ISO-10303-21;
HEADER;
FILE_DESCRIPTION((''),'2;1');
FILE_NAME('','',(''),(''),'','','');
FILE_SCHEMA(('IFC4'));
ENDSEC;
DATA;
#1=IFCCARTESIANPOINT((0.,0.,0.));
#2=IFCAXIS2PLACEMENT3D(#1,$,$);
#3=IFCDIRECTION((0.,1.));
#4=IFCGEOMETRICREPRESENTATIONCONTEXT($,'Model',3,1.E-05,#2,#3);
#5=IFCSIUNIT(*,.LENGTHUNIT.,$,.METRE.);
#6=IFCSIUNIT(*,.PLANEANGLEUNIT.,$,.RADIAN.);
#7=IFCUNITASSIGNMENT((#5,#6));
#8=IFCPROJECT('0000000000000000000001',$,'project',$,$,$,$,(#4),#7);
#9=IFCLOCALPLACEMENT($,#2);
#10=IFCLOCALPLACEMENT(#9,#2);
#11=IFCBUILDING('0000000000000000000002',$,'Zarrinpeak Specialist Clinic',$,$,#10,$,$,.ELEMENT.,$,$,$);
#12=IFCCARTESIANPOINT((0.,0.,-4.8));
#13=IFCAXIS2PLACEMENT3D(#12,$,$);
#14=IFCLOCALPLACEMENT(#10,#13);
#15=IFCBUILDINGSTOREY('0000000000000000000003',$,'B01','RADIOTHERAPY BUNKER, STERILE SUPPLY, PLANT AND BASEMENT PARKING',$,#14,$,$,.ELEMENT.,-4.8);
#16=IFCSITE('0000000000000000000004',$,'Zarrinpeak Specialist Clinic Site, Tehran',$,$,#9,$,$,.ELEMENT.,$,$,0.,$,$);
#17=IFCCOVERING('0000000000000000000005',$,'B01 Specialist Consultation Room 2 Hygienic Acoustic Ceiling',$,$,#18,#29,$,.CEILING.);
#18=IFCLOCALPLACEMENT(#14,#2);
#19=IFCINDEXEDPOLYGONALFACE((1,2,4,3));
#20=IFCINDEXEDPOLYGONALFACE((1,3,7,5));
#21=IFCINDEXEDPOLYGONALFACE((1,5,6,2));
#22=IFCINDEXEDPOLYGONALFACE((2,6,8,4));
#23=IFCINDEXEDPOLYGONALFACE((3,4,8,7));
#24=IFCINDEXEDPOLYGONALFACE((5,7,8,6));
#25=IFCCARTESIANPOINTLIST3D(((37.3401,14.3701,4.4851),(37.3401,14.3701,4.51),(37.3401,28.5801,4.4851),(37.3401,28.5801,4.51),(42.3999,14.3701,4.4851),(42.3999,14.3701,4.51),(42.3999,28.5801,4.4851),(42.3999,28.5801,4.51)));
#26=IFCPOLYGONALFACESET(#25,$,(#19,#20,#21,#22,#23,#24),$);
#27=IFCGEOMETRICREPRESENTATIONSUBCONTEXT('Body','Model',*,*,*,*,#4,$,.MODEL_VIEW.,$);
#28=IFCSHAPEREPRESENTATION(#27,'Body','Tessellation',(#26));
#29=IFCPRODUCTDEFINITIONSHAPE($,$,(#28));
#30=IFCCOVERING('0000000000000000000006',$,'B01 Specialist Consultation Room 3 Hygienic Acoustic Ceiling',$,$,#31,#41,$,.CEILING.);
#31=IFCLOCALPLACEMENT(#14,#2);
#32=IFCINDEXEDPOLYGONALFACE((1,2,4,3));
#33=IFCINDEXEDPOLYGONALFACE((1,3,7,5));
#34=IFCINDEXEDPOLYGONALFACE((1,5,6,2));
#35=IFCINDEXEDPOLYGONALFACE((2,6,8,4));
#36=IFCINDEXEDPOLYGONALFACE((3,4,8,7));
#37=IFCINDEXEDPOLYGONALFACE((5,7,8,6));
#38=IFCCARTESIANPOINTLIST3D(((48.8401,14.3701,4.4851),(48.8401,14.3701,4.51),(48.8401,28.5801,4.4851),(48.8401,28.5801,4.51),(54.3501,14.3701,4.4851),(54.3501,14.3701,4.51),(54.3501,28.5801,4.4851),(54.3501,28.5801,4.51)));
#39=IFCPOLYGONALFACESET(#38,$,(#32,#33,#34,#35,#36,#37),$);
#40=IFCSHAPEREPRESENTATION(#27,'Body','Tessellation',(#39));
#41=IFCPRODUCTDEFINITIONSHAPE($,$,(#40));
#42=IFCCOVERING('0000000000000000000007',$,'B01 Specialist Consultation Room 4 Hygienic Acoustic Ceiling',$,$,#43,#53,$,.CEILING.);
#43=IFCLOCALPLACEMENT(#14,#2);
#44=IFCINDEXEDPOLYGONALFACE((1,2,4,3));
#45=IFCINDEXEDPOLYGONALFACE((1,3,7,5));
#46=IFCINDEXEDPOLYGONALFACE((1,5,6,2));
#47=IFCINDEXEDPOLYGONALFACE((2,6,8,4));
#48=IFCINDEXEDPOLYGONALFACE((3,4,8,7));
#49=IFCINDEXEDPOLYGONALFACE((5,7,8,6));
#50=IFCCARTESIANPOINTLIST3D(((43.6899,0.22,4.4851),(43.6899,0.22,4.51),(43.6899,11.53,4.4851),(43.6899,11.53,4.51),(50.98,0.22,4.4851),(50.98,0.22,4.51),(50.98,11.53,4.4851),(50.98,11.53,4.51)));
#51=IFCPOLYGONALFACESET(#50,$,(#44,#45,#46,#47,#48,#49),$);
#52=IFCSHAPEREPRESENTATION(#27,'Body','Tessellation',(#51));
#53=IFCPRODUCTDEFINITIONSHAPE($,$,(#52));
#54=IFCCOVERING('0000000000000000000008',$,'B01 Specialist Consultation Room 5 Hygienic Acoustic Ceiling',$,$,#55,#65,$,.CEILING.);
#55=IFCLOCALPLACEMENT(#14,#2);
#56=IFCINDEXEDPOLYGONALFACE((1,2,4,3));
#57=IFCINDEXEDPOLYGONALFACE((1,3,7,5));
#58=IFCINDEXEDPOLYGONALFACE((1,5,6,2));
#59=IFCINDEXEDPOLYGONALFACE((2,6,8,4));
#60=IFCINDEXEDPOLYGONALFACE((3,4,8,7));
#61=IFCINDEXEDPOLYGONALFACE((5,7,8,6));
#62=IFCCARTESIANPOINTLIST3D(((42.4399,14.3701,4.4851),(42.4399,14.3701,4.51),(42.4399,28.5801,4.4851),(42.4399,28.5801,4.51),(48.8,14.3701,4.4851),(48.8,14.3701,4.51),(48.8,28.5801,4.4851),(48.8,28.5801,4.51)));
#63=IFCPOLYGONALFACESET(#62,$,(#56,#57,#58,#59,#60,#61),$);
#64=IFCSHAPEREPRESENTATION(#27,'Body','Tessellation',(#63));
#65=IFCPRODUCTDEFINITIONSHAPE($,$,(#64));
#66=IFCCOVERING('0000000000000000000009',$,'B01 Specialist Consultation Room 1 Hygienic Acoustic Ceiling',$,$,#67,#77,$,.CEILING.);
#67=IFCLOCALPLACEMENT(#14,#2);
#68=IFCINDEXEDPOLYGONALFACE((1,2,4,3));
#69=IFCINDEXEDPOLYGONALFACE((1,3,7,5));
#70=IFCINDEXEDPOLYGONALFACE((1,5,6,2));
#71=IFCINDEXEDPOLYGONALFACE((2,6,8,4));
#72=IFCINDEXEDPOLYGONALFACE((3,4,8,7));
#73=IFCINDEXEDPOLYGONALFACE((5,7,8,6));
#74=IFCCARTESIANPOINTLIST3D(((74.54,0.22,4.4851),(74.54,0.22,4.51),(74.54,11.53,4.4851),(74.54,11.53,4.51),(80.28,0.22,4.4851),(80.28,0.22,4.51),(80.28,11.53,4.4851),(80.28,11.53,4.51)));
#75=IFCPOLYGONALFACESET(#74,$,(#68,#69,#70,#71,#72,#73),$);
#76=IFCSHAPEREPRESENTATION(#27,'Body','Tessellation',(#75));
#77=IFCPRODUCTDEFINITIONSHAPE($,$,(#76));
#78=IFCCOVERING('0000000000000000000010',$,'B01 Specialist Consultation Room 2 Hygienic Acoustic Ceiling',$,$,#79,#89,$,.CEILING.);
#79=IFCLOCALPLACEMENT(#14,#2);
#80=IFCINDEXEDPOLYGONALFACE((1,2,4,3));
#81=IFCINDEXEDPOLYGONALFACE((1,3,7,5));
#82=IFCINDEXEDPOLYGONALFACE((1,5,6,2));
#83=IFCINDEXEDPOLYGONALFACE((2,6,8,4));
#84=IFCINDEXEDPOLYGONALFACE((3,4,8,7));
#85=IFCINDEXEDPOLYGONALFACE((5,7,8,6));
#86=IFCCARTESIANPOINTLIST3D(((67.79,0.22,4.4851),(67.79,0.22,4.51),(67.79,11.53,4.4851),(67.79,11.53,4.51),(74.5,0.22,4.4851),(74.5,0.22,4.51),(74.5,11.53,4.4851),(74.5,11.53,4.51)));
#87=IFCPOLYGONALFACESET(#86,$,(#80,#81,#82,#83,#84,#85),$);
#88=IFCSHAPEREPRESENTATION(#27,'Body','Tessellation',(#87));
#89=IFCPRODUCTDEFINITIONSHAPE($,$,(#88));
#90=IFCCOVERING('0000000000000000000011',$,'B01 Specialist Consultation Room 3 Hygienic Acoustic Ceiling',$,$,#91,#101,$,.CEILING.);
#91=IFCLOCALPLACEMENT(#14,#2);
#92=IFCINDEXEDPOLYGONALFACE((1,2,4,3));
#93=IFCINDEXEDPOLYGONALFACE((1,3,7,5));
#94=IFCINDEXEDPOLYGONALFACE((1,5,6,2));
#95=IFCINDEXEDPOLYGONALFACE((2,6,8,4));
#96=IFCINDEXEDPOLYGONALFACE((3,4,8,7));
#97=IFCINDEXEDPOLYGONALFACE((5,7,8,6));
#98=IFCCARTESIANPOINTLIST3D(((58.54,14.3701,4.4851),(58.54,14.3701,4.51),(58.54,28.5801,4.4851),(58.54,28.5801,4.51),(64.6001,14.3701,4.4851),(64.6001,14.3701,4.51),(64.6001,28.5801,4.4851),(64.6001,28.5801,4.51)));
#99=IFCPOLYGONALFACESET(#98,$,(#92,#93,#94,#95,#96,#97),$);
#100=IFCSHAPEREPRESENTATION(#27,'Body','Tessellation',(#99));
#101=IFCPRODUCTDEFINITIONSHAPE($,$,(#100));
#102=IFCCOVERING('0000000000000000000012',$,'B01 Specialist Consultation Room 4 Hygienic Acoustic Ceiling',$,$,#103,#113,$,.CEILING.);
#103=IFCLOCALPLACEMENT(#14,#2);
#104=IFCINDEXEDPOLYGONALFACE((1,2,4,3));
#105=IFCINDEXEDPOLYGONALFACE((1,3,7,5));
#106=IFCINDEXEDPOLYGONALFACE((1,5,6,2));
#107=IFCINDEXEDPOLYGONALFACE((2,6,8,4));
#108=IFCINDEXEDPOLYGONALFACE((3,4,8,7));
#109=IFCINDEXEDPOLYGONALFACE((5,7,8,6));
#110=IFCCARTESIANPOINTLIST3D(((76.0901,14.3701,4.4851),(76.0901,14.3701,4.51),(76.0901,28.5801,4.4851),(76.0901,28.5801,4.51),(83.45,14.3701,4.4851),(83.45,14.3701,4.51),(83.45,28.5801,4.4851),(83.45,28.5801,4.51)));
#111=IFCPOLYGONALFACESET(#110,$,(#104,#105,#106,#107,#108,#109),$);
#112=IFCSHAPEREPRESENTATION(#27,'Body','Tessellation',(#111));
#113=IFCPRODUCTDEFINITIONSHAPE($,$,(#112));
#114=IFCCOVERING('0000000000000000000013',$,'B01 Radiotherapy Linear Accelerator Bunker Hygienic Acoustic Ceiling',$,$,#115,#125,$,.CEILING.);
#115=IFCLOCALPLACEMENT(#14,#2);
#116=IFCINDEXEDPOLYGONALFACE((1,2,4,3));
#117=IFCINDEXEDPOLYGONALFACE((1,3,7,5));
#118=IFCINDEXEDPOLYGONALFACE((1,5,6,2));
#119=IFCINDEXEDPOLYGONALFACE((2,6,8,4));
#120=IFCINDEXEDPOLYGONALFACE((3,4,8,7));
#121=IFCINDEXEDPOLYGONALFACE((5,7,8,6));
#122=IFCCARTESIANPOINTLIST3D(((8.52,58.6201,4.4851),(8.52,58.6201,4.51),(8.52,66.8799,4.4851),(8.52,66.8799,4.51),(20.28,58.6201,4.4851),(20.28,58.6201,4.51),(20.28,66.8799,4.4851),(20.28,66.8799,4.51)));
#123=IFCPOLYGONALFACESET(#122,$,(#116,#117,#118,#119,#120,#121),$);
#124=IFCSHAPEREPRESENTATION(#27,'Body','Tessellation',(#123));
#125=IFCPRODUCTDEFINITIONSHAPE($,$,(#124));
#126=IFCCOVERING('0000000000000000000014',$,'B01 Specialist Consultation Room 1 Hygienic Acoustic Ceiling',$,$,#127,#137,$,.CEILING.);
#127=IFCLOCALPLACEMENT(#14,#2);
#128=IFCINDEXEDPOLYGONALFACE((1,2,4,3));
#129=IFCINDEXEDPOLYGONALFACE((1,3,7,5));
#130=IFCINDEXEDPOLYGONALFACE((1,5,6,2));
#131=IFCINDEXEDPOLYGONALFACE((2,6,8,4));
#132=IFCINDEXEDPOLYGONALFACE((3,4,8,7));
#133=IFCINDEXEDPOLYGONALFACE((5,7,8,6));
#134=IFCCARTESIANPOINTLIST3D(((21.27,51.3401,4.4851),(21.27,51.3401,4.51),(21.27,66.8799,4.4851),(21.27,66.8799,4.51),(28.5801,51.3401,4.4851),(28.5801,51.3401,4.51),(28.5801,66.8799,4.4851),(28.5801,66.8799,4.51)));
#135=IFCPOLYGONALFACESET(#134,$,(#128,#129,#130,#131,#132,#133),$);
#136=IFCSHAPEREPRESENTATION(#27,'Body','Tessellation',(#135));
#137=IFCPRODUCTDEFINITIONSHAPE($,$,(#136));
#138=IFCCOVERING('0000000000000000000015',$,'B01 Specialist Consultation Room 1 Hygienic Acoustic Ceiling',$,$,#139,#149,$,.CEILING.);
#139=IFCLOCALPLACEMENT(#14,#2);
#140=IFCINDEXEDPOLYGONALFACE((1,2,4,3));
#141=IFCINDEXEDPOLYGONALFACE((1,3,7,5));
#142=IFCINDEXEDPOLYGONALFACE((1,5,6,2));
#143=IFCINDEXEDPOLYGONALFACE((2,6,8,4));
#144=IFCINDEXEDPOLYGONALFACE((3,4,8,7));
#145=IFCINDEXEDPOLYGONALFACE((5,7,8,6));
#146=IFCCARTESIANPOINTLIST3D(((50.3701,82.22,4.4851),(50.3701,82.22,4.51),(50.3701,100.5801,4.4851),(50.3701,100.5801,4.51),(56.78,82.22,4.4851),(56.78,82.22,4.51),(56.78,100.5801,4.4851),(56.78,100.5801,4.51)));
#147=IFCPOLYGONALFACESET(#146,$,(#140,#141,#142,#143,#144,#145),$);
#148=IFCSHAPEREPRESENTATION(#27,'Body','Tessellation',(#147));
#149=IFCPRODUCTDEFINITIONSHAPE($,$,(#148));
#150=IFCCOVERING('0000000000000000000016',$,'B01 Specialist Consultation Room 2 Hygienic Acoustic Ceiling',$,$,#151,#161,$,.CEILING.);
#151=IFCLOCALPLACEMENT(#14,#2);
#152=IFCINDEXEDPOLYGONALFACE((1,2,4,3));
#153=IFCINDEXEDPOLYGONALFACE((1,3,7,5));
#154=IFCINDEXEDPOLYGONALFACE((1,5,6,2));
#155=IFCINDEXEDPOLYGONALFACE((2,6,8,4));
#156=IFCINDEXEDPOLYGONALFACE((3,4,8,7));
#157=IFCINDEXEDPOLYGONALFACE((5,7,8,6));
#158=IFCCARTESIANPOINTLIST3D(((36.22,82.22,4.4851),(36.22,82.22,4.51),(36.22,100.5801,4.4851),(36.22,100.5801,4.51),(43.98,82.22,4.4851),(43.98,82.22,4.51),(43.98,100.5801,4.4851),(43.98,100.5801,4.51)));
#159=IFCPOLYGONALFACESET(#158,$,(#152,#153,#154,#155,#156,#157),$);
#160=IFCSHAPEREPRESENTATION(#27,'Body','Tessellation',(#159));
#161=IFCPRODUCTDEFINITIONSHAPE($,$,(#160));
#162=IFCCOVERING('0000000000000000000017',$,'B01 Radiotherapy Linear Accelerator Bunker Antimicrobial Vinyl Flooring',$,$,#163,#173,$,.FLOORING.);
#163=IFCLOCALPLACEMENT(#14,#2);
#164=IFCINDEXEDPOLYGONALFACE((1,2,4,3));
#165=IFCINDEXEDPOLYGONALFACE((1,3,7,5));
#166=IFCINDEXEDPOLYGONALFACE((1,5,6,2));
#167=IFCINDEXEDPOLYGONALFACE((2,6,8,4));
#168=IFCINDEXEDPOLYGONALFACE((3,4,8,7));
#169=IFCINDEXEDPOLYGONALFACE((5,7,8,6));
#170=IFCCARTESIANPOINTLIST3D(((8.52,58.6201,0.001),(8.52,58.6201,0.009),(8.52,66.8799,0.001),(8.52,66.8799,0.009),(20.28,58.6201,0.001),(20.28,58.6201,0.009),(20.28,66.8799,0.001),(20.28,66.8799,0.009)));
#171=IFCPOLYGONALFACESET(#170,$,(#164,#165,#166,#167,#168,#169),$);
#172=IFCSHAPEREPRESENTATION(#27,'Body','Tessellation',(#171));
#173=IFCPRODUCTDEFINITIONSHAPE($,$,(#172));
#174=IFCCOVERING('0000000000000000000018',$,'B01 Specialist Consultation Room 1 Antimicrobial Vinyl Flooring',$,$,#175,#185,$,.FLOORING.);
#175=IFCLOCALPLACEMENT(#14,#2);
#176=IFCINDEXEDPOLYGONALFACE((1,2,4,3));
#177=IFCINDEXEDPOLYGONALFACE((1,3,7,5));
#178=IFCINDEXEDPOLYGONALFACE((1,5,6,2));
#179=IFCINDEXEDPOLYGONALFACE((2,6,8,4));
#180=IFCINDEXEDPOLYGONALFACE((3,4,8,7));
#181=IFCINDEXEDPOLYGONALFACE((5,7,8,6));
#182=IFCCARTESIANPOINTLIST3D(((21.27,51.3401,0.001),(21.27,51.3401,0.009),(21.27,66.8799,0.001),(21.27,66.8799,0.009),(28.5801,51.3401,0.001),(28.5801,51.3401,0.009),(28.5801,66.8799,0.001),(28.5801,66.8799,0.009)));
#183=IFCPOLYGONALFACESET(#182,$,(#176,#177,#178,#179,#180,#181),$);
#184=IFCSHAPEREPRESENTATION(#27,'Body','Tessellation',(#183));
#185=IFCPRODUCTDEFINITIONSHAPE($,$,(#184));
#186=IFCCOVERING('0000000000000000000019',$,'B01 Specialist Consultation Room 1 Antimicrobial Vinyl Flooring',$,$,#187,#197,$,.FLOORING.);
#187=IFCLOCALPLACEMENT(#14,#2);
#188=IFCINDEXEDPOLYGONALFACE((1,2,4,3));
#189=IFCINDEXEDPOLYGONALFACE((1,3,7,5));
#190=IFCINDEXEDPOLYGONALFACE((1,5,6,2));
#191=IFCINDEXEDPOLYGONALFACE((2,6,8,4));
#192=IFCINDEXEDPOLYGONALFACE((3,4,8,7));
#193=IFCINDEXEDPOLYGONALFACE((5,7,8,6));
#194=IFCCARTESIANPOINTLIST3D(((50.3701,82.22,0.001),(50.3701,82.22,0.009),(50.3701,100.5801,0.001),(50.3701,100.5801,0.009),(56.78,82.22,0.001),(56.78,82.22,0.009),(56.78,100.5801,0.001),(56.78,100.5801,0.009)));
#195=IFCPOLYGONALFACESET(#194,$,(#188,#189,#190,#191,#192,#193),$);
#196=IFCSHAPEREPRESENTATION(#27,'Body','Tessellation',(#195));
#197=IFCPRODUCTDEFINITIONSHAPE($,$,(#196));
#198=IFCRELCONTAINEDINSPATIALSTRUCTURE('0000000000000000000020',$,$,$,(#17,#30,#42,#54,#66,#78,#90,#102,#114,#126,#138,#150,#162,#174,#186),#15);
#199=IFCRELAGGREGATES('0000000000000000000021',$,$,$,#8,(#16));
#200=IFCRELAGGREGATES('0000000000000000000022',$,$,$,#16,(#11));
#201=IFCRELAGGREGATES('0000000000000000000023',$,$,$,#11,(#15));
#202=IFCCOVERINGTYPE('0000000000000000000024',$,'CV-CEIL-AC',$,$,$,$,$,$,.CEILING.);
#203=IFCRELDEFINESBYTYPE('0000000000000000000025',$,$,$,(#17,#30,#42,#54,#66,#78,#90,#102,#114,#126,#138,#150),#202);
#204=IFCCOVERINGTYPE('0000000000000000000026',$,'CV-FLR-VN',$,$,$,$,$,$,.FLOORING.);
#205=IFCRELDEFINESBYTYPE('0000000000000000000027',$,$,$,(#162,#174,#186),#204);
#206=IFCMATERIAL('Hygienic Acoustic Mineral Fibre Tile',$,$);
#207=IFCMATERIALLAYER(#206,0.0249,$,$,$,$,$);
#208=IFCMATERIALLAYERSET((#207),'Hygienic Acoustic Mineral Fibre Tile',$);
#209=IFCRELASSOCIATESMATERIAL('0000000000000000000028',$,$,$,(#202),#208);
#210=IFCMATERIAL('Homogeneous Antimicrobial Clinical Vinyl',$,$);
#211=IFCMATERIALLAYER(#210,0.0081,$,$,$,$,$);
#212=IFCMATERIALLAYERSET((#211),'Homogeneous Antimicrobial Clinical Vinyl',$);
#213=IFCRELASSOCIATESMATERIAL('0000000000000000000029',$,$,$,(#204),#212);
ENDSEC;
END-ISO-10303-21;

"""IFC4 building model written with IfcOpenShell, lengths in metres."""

from ifc_helpers import new_model, si_unit, direction, frame, origin, place, context, subcontext, project, spatial, polyline, outline, extrude, material, layer, layer_set, type_object, element, save


model = new_model("IFC4")

# Units and contexts
model_context = context("Model", 3, precision=1e-05, world=origin(), true_north=direction((0.0, 1.0)))
body_context = subcontext(model_context, "Body", "Model", "MODEL_VIEW")
ifc_project = project(units=[si_unit("LENGTHUNIT", "METRE"), si_unit("PLANEANGLEUNIT", "RADIAN")], contexts=[model_context])

# Site, building, storey
site_placement = place(None, origin())
site = spatial("IfcSite", under=ifc_project, at=site_placement, Name="Zarrinpeak Specialist Clinic Site, Tehran", CompositionType="ELEMENT", RefElevation=0.0)
building_placement = place(site_placement, origin())
building = spatial("IfcBuilding", under=site, at=building_placement, Name="Zarrinpeak Specialist Clinic", CompositionType="ELEMENT")
storey_placement = place(building_placement, frame((0.0, 0.0, -4.8)))
storey = spatial("IfcBuildingStorey", under=building, at=storey_placement, Name="B01", Description="RADIOTHERAPY BUNKER, STERILE SUPPLY, PLANT AND BASEMENT PARKING", CompositionType="ELEMENT", Elevation=-4.8)

# Coverings
ifc_material_1 = material(Name="Hygienic Acoustic Mineral Fibre Tile")
ifc_layer_1 = layer(ifc_material_1, 0.0249)
ifc_layer_set_1 = layer_set([ifc_layer_1], Name="Hygienic Acoustic Mineral Fibre Tile")
covering_type_1 = type_object("IfcCoveringType", Name="CV-CEIL-AC", PredefinedType="CEILING", material=ifc_layer_set_1)
covering_1_placement = place(storey_placement, frame((0.0, 0.0, 4.4851)))
element("IfcCovering", 1, at=covering_1_placement, inside=storey, type_object=covering_type_1, Name="B01 Specialist Consultation Room 2 Hygienic Acoustic Ceiling", PredefinedType="CEILING", context=body_context, shape_type="SweptSolid", body=[
    extrude(outline(polyline([(37.3401, 14.3701), (42.3999, 14.3701), (42.3999, 28.5801), (37.3401, 28.5801), (37.3401, 14.3701)])), origin(), (0.0, 0.0, 1.0), 0.0249),
])
covering_2_placement = place(storey_placement, frame((0.0, 0.0, 4.4851)))
element("IfcCovering", 2, at=covering_2_placement, inside=storey, type_object=covering_type_1, Name="B01 Specialist Consultation Room 3 Hygienic Acoustic Ceiling", PredefinedType="CEILING", context=body_context, shape_type="SweptSolid", body=[
    extrude(outline(polyline([(48.8401, 14.3701), (54.3501, 14.3701), (54.3501, 28.5801), (48.8401, 28.5801), (48.8401, 14.3701)])), origin(), (0.0, 0.0, 1.0), 0.0249),
])
covering_3_placement = place(storey_placement, frame((0.0, 0.0, 4.4851)))
element("IfcCovering", 3, at=covering_3_placement, inside=storey, type_object=covering_type_1, Name="B01 Specialist Consultation Room 4 Hygienic Acoustic Ceiling", PredefinedType="CEILING", context=body_context, shape_type="SweptSolid", body=[
    extrude(outline(polyline([(43.6899, 0.22), (50.98, 0.22), (50.98, 11.53), (43.6899, 11.53), (43.6899, 0.22)])), origin(), (0.0, 0.0, 1.0), 0.0249),
])
covering_4_placement = place(storey_placement, frame((0.0, 0.0, 4.4851)))
element("IfcCovering", 4, at=covering_4_placement, inside=storey, type_object=covering_type_1, Name="B01 Specialist Consultation Room 5 Hygienic Acoustic Ceiling", PredefinedType="CEILING", context=body_context, shape_type="SweptSolid", body=[
    extrude(outline(polyline([(42.4399, 14.3701), (48.8, 14.3701), (48.8, 28.5801), (42.4399, 28.5801), (42.4399, 14.3701)])), origin(), (0.0, 0.0, 1.0), 0.0249),
])
covering_5_placement = place(storey_placement, frame((0.0, 0.0, 4.4851)))
element("IfcCovering", 5, at=covering_5_placement, inside=storey, type_object=covering_type_1, Name="B01 Specialist Consultation Room 1 Hygienic Acoustic Ceiling", PredefinedType="CEILING", context=body_context, shape_type="SweptSolid", body=[
    extrude(outline(polyline([(74.54, 0.22), (80.28, 0.22), (80.28, 11.53), (74.54, 11.53), (74.54, 0.22)])), origin(), (0.0, 0.0, 1.0), 0.0249),
])
covering_6_placement = place(storey_placement, frame((0.0, 0.0, 4.4851)))
element("IfcCovering", 6, at=covering_6_placement, inside=storey, type_object=covering_type_1, Name="B01 Specialist Consultation Room 2 Hygienic Acoustic Ceiling", PredefinedType="CEILING", context=body_context, shape_type="SweptSolid", body=[
    extrude(outline(polyline([(67.79, 0.22), (74.5, 0.22), (74.5, 11.53), (67.79, 11.53), (67.79, 0.22)])), origin(), (0.0, 0.0, 1.0), 0.0249),
])
covering_7_placement = place(storey_placement, frame((0.0, 0.0, 4.4851)))
element("IfcCovering", 7, at=covering_7_placement, inside=storey, type_object=covering_type_1, Name="B01 Specialist Consultation Room 3 Hygienic Acoustic Ceiling", PredefinedType="CEILING", context=body_context, shape_type="SweptSolid", body=[
    extrude(outline(polyline([(58.54, 14.3701), (64.6001, 14.3701), (64.6001, 28.5801), (58.54, 28.5801), (58.54, 14.3701)])), origin(), (0.0, 0.0, 1.0), 0.0249),
])
covering_8_placement = place(storey_placement, frame((0.0, 0.0, 4.4851)))
element("IfcCovering", 8, at=covering_8_placement, inside=storey, type_object=covering_type_1, Name="B01 Specialist Consultation Room 4 Hygienic Acoustic Ceiling", PredefinedType="CEILING", context=body_context, shape_type="SweptSolid", body=[
    extrude(outline(polyline([(76.0901, 14.3701), (83.45, 14.3701), (83.45, 28.5801), (76.0901, 28.5801), (76.0901, 14.3701)])), origin(), (0.0, 0.0, 1.0), 0.0249),
])
covering_9_placement = place(storey_placement, frame((0.0, 0.0, 4.4851)))
element("IfcCovering", 9, at=covering_9_placement, inside=storey, type_object=covering_type_1, Name="B01 Radiotherapy Linear Accelerator Bunker Hygienic Acoustic Ceiling", PredefinedType="CEILING", context=body_context, shape_type="SweptSolid", body=[
    extrude(outline(polyline([(8.52, 58.6201), (20.28, 58.6201), (20.28, 66.8799), (8.52, 66.8799), (8.52, 58.6201)])), origin(), (0.0, 0.0, 1.0), 0.0249),
])
covering_10_placement = place(storey_placement, frame((0.0, 0.0, 4.4851)))
element("IfcCovering", 10, at=covering_10_placement, inside=storey, type_object=covering_type_1, Name="B01 Specialist Consultation Room 1 Hygienic Acoustic Ceiling", PredefinedType="CEILING", context=body_context, shape_type="SweptSolid", body=[
    extrude(outline(polyline([(21.27, 51.3401), (28.5801, 51.3401), (28.5801, 66.8799), (21.27, 66.8799), (21.27, 51.3401)])), origin(), (0.0, 0.0, 1.0), 0.0249),
])
covering_11_placement = place(storey_placement, frame((0.0, 0.0, 4.4851)))
element("IfcCovering", 11, at=covering_11_placement, inside=storey, type_object=covering_type_1, Name="B01 Specialist Consultation Room 1 Hygienic Acoustic Ceiling", PredefinedType="CEILING", context=body_context, shape_type="SweptSolid", body=[
    extrude(outline(polyline([(50.3701, 82.22), (56.78, 82.22), (56.78, 100.5801), (50.3701, 100.5801), (50.3701, 82.22)])), origin(), (0.0, 0.0, 1.0), 0.0249),
])
covering_12_placement = place(storey_placement, frame((0.0, 0.0, 4.4851)))
element("IfcCovering", 12, at=covering_12_placement, inside=storey, type_object=covering_type_1, Name="B01 Specialist Consultation Room 2 Hygienic Acoustic Ceiling", PredefinedType="CEILING", context=body_context, shape_type="SweptSolid", body=[
    extrude(outline(polyline([(36.22, 82.22), (43.98, 82.22), (43.98, 100.5801), (36.22, 100.5801), (36.22, 82.22)])), origin(), (0.0, 0.0, 1.0), 0.0249),
])
ifc_material_2 = material(Name="Homogeneous Antimicrobial Clinical Vinyl")
ifc_layer_2 = layer(ifc_material_2, 0.0081)
ifc_layer_set_2 = layer_set([ifc_layer_2], Name="Homogeneous Antimicrobial Clinical Vinyl")
covering_type_2 = type_object("IfcCoveringType", Name="CV-FLR-VN", PredefinedType="FLOORING", material=ifc_layer_set_2)
covering_13_placement = place(storey_placement, frame((0.0, 0.0, 0.001)))
element("IfcCovering", 13, at=covering_13_placement, inside=storey, type_object=covering_type_2, Name="B01 Radiotherapy Linear Accelerator Bunker Antimicrobial Vinyl Flooring", PredefinedType="FLOORING", context=body_context, shape_type="SweptSolid", body=[
    extrude(outline(polyline([(8.52, 58.6201), (20.28, 58.6201), (20.28, 66.8799), (8.52, 66.8799), (8.52, 58.6201)])), origin(), (0.0, 0.0, 1.0), 0.0081),
])
covering_14_placement = place(storey_placement, frame((0.0, 0.0, 0.001)))
element("IfcCovering", 14, at=covering_14_placement, inside=storey, type_object=covering_type_2, Name="B01 Specialist Consultation Room 1 Antimicrobial Vinyl Flooring", PredefinedType="FLOORING", context=body_context, shape_type="SweptSolid", body=[
    extrude(outline(polyline([(21.27, 51.3401), (28.5801, 51.3401), (28.5801, 66.8799), (21.27, 66.8799), (21.27, 51.3401)])), origin(), (0.0, 0.0, 1.0), 0.0081),
])
covering_15_placement = place(storey_placement, frame((0.0, 0.0, 0.001)))
element("IfcCovering", 15, at=covering_15_placement, inside=storey, type_object=covering_type_2, Name="B01 Specialist Consultation Room 1 Antimicrobial Vinyl Flooring", PredefinedType="FLOORING", context=body_context, shape_type="SweptSolid", body=[
    extrude(outline(polyline([(50.3701, 82.22), (56.78, 82.22), (56.78, 100.5801), (50.3701, 100.5801), (50.3701, 82.22)])), origin(), (0.0, 0.0, 1.0), 0.0081),
])

save(model, "model.ifc")
